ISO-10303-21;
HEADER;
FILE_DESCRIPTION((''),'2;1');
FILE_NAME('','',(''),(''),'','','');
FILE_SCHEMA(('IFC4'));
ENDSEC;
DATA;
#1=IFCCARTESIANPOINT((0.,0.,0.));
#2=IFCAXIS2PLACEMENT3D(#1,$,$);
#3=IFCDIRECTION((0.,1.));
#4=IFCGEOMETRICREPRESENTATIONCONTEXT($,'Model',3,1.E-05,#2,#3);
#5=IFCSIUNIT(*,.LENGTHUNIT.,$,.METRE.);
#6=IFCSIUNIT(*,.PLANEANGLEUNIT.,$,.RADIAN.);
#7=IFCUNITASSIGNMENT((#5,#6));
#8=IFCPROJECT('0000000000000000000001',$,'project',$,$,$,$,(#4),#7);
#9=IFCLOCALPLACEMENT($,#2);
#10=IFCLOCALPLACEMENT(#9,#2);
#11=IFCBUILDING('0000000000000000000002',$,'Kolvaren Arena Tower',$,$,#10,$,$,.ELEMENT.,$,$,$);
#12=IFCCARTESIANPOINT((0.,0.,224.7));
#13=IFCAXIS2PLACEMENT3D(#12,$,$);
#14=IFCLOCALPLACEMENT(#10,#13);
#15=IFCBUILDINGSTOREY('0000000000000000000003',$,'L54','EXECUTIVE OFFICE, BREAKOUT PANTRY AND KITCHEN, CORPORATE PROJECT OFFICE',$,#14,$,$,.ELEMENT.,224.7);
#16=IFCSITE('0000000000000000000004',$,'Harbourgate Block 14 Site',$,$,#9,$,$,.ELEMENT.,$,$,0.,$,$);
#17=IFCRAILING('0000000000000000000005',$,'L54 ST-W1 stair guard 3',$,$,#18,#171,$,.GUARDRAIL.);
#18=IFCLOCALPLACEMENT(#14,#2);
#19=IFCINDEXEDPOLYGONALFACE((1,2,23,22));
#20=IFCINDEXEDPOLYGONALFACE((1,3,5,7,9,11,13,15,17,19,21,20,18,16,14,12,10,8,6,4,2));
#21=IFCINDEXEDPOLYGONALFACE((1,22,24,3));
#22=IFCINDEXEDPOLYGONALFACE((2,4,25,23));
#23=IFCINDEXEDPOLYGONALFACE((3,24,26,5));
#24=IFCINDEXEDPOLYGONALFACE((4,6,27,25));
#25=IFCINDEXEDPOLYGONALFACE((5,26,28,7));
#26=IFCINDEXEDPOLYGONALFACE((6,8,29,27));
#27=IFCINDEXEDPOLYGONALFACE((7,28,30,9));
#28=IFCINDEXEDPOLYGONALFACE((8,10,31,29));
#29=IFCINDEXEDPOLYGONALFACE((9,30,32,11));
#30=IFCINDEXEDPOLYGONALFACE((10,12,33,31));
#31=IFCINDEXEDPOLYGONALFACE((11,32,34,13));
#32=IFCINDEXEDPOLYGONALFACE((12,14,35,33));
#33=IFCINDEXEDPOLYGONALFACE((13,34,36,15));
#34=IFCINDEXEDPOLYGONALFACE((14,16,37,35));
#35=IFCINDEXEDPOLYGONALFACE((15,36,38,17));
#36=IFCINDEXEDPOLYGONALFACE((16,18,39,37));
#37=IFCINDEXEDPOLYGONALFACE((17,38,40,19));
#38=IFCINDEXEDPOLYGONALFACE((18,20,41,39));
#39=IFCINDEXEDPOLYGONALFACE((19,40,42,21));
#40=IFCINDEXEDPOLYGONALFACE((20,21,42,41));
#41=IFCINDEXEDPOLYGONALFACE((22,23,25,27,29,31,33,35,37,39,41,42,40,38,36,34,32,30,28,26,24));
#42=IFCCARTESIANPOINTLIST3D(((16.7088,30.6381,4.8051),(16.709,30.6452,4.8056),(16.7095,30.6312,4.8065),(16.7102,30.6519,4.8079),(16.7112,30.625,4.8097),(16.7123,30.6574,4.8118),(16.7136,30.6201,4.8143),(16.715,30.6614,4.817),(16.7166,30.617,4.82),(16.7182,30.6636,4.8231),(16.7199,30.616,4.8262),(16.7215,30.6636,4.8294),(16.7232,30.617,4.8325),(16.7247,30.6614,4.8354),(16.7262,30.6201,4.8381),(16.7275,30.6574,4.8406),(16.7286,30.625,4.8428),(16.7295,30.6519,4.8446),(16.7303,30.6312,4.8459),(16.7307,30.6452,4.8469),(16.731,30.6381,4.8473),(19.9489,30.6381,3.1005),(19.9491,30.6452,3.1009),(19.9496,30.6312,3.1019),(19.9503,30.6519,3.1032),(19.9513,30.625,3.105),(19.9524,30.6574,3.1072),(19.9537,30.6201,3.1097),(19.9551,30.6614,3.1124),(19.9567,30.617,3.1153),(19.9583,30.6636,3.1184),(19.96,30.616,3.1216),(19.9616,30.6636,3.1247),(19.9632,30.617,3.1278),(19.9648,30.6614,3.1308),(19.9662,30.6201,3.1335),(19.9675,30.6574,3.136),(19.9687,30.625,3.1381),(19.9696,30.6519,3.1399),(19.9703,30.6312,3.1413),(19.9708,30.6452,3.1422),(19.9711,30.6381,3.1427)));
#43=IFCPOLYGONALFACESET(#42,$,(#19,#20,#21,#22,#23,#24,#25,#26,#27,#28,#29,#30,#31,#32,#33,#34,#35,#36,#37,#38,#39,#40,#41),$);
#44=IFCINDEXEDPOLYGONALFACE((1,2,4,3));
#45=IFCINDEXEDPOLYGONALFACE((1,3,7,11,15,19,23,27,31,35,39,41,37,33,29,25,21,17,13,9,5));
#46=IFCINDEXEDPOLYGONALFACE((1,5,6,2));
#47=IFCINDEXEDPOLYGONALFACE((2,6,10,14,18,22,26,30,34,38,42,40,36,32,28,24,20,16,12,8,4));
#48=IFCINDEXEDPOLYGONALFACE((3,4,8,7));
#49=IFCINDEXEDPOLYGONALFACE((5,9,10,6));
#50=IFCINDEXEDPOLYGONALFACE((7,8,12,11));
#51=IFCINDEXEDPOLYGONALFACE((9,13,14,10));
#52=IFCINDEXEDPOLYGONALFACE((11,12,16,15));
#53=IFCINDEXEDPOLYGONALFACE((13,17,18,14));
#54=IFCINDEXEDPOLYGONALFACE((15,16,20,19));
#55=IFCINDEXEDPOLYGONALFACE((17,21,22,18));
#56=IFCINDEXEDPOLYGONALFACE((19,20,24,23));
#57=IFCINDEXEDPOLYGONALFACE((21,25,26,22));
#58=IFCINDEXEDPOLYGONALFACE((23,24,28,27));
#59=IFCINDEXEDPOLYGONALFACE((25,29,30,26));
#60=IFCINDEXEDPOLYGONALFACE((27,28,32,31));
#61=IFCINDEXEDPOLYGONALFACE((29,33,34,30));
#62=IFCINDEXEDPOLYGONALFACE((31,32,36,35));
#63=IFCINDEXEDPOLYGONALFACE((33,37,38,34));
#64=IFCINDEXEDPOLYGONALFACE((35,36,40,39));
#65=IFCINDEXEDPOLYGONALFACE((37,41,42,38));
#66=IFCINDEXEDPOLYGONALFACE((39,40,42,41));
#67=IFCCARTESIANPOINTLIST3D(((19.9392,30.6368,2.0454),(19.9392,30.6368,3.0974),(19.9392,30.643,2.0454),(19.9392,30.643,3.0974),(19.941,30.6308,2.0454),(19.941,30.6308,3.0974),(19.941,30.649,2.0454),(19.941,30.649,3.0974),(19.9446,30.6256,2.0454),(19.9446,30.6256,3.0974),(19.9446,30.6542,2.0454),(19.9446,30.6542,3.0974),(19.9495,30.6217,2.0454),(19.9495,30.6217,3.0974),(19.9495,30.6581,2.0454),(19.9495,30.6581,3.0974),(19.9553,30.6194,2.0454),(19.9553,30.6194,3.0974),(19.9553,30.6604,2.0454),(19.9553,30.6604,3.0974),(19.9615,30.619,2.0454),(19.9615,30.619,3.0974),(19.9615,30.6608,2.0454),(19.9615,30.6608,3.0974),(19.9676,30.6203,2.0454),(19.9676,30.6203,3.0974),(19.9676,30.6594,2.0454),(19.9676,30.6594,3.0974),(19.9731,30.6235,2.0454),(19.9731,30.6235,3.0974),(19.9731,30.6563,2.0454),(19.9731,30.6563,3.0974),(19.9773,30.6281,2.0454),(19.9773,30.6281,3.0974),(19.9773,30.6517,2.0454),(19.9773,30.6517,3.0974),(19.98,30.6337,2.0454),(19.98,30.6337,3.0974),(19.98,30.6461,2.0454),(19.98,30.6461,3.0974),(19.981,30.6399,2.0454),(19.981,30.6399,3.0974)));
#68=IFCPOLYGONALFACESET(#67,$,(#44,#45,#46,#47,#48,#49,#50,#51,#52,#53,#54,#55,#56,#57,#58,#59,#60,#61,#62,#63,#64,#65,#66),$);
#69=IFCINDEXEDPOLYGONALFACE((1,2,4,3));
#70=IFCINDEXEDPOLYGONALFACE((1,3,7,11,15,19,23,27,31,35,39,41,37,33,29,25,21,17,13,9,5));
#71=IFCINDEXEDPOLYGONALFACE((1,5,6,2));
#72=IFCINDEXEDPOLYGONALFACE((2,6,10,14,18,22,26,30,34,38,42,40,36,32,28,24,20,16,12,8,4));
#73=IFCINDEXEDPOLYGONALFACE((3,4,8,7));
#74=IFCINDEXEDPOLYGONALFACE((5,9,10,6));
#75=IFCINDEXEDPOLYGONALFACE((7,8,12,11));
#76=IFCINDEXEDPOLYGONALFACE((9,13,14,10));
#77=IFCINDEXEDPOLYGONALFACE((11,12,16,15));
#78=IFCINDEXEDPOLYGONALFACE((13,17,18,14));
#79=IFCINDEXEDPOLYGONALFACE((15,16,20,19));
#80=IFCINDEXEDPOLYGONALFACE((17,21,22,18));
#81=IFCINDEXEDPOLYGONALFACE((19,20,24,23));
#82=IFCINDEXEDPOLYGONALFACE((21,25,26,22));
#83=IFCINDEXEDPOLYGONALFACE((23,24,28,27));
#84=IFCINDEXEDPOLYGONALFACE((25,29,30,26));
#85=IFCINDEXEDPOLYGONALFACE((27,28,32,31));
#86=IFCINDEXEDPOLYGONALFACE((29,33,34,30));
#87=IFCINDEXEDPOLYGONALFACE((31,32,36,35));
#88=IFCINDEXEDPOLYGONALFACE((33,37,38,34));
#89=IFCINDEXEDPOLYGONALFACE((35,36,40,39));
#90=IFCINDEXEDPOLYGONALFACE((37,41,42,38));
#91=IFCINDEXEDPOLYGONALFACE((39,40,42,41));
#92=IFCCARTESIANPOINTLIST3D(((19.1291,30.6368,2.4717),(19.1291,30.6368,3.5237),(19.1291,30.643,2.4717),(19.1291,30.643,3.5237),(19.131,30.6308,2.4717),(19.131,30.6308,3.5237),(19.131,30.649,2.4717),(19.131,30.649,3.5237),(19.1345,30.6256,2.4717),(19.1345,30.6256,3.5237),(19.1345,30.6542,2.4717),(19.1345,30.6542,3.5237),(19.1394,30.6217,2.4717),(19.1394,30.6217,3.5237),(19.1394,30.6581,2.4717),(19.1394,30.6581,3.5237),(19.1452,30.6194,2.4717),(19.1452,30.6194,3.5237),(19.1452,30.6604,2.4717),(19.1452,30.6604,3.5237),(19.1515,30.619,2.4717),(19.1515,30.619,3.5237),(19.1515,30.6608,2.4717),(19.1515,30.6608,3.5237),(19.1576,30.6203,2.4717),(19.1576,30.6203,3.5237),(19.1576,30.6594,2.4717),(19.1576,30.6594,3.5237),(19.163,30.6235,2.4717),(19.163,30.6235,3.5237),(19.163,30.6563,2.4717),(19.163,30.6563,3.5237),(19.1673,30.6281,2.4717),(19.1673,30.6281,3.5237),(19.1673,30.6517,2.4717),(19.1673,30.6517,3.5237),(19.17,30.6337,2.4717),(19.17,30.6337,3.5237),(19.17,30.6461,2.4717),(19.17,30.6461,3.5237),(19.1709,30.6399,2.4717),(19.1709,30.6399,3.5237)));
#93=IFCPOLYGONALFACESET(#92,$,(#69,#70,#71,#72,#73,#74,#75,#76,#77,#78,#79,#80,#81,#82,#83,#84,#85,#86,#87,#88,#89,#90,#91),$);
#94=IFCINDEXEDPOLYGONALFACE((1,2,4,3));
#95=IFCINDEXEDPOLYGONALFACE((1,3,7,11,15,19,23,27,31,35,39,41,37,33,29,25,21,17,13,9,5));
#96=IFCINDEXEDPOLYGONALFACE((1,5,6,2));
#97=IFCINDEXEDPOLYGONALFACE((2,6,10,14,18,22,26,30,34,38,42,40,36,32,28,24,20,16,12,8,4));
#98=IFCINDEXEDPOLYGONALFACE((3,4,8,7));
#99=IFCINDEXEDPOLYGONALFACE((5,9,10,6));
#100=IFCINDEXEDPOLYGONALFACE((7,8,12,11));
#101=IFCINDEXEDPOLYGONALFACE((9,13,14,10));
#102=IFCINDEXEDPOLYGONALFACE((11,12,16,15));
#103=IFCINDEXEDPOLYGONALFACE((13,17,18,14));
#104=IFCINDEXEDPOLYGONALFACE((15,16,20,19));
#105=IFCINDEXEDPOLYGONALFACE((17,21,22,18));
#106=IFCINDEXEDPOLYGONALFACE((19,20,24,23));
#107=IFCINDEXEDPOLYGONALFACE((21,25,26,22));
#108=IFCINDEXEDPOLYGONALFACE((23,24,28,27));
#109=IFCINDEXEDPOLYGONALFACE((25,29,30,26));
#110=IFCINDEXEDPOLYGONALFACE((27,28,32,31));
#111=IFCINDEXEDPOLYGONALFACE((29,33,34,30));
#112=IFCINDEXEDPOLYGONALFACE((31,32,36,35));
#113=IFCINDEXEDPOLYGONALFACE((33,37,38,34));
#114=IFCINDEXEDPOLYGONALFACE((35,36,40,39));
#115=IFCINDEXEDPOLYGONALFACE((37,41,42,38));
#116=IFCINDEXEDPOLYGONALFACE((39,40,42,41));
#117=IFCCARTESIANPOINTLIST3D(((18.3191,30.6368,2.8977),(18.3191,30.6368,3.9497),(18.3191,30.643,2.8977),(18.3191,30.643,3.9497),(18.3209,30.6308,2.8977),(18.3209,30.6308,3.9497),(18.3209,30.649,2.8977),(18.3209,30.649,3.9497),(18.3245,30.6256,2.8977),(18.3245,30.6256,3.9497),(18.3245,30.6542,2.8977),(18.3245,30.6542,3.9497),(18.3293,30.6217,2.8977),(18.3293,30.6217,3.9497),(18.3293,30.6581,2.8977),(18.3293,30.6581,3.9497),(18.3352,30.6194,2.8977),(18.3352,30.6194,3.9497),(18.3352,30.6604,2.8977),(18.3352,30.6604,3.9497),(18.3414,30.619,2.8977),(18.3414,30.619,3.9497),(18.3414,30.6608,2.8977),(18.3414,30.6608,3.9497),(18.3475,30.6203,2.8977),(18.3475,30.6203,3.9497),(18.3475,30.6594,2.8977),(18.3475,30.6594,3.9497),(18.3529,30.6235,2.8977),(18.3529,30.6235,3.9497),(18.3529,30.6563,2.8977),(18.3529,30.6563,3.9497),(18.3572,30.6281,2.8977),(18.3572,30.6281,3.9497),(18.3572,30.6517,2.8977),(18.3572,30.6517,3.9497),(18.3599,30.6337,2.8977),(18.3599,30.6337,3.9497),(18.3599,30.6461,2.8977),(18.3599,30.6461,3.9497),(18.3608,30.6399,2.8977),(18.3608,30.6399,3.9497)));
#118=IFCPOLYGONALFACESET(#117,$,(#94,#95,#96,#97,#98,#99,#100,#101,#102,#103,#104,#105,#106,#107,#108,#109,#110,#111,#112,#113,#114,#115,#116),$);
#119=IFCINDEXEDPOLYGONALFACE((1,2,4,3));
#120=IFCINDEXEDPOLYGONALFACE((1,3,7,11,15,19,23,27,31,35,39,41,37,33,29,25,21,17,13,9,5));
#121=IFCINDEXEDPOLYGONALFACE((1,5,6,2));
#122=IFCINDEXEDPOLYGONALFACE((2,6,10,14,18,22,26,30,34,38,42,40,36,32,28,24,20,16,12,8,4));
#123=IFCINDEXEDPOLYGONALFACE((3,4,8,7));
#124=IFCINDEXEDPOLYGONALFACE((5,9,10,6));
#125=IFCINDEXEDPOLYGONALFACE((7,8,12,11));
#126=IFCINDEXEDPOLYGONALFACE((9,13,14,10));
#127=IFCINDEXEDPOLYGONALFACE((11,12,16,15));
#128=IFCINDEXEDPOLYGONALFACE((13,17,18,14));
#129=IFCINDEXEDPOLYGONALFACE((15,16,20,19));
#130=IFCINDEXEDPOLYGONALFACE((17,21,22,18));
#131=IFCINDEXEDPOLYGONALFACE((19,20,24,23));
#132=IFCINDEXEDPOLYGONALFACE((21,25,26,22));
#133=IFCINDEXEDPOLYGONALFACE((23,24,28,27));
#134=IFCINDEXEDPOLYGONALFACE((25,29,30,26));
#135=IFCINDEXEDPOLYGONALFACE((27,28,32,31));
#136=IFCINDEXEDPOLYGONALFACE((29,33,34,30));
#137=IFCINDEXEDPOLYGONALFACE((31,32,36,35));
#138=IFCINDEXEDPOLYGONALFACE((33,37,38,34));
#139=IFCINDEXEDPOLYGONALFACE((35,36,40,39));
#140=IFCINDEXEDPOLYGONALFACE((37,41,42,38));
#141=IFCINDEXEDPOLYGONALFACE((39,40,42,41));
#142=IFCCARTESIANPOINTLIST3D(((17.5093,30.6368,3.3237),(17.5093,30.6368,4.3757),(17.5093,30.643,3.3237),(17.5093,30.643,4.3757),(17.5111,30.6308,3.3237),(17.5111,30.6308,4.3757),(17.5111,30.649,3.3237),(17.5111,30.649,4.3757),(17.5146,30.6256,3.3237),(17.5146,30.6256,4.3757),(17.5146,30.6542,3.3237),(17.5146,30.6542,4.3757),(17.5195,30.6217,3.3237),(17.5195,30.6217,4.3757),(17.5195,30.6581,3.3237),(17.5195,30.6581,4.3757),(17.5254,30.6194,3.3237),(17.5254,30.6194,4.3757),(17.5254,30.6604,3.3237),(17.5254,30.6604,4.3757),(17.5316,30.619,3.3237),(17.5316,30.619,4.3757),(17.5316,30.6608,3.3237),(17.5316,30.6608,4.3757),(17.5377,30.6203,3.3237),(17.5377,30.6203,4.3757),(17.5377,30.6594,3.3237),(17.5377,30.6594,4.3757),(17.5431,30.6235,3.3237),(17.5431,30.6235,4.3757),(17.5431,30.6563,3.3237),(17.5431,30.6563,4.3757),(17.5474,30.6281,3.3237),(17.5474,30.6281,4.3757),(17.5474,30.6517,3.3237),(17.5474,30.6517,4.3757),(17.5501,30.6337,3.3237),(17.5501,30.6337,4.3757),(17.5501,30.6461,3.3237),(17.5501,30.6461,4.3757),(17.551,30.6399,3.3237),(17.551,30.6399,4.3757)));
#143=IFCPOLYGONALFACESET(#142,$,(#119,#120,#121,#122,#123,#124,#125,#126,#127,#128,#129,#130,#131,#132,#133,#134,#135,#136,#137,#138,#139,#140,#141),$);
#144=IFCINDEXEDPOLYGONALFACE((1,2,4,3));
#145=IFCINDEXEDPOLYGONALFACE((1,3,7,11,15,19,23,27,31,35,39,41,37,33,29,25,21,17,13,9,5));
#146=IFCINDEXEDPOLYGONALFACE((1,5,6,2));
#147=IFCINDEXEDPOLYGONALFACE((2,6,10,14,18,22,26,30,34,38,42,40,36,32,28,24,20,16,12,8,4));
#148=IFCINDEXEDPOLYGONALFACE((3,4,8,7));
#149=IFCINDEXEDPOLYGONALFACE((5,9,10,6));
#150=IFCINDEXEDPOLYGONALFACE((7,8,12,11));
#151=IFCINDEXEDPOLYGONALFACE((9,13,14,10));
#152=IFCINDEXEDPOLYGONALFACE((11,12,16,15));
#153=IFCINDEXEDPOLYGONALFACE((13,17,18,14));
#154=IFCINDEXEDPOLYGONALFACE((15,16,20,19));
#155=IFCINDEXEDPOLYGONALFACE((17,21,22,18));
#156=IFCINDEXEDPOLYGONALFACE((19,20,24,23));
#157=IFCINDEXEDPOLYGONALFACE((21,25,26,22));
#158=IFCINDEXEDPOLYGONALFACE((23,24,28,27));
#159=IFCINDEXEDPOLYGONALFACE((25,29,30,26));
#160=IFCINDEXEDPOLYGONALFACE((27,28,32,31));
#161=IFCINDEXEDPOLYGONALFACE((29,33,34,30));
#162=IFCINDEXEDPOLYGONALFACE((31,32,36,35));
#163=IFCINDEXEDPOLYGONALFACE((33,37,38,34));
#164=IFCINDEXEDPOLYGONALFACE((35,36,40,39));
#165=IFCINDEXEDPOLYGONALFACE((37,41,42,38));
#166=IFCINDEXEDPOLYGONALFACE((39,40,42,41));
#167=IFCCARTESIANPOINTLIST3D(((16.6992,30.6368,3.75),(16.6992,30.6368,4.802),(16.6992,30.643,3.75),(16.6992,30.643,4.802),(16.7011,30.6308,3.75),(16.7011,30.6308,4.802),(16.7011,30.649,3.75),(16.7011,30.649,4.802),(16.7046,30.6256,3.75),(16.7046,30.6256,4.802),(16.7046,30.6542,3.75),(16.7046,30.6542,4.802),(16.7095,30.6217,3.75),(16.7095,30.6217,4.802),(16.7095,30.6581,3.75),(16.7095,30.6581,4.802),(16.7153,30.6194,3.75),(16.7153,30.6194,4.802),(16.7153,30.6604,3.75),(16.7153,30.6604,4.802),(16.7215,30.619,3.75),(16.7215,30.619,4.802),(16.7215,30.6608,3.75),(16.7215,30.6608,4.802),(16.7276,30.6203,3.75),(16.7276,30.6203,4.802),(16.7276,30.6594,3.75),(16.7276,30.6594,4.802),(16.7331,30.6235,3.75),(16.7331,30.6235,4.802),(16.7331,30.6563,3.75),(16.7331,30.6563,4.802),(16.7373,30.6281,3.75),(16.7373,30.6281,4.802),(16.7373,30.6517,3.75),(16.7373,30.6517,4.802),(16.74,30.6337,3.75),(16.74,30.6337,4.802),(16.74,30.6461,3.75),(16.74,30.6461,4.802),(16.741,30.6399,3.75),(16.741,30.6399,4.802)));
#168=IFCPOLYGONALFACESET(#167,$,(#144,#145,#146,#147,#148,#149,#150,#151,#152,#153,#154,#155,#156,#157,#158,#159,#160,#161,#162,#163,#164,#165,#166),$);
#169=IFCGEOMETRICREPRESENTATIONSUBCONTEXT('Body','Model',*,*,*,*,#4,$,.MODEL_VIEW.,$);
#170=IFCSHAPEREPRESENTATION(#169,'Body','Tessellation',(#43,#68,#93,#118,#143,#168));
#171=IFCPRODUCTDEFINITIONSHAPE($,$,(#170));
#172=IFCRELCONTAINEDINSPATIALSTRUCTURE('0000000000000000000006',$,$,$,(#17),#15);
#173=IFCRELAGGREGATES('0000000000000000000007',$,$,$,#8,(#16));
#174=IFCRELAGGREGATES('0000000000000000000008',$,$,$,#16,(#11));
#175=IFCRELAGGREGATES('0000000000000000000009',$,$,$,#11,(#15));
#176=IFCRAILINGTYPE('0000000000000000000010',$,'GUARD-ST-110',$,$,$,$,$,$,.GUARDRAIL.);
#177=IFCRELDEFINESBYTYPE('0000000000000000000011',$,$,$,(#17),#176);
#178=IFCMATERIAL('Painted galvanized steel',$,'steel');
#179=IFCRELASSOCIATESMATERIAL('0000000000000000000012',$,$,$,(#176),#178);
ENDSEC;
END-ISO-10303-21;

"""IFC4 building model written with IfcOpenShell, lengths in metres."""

from ifc_helpers import new_model, si_unit, direction, frame, origin, origin_2d, place, context, subcontext, project, spatial, circle, extrude, material, type_object, element, save


model = new_model("IFC4")

# Units and contexts
model_context = context("Model", 3, precision=1e-05, world=origin(), true_north=direction((0.0, 1.0)))
body_context = subcontext(model_context, "Body", "Model", "MODEL_VIEW")
ifc_project = project(units=[si_unit("LENGTHUNIT", "METRE"), si_unit("PLANEANGLEUNIT", "RADIAN")], contexts=[model_context])

# Site, building, storey
site_placement = place(None, origin())
site = spatial("IfcSite", under=ifc_project, at=site_placement, Name="Harbourgate Block 14 Site", CompositionType="ELEMENT", RefElevation=0.0)
building_placement = place(site_placement, origin())
building = spatial("IfcBuilding", under=site, at=building_placement, Name="Kolvaren Arena Tower", CompositionType="ELEMENT")
storey_placement = place(building_placement, frame((0.0, 0.0, 224.7)))
storey = spatial("IfcBuildingStorey", under=building, at=storey_placement, Name="L54", Description="EXECUTIVE OFFICE, BREAKOUT PANTRY AND KITCHEN, CORPORATE PROJECT OFFICE", CompositionType="ELEMENT", Elevation=224.7)

# Railing
ifc_material_1 = material(Name="Painted galvanized steel", Category="steel")
railing_type_1 = type_object("IfcRailingType", Name="GUARD-ST-110", PredefinedType="GUARDRAIL", material=ifc_material_1)
railing_1_placement = place(storey_placement, frame((19.96, 30.6399, 2.0454)))
element("IfcRailing", 1, at=railing_1_placement, inside=storey, type_object=railing_type_1, Name="L54 ST-W1 stair guard 3", PredefinedType="GUARDRAIL", context=body_context, shape_type="SweptSolid", body=[
    extrude(circle(Radius=0.0239, at=origin_2d()), frame((0.0, 0.0, 1.0762), z_axis=(-0.884993, 0.0, 0.465604), x_axis=(0.0, -1.0, 0.0)), (0.0, 0.0, 1.0), 3.6611),
    extrude(circle(Radius=0.021, at=origin_2d()), origin(), (0.0, 0.0, 1.0), 1.052),
    extrude(circle(Radius=0.021, at=origin_2d()), frame((-0.8101, 0.0, 0.4263)), (0.0, 0.0, 1.0), 1.052),
    extrude(circle(Radius=0.021, at=origin_2d()), frame((-1.6201, 0.0, 0.8523)), (0.0, 0.0, 1.0), 1.052),
    extrude(circle(Radius=0.021, at=origin_2d()), frame((-2.4299, 0.0, 1.2783)), (0.0, 0.0, 1.0), 1.052),
    extrude(circle(Radius=0.021, at=origin_2d()), frame((-3.24, 0.0, 1.7046)), (0.0, 0.0, 1.0), 1.052),
])

save(model, "model.ifc")
